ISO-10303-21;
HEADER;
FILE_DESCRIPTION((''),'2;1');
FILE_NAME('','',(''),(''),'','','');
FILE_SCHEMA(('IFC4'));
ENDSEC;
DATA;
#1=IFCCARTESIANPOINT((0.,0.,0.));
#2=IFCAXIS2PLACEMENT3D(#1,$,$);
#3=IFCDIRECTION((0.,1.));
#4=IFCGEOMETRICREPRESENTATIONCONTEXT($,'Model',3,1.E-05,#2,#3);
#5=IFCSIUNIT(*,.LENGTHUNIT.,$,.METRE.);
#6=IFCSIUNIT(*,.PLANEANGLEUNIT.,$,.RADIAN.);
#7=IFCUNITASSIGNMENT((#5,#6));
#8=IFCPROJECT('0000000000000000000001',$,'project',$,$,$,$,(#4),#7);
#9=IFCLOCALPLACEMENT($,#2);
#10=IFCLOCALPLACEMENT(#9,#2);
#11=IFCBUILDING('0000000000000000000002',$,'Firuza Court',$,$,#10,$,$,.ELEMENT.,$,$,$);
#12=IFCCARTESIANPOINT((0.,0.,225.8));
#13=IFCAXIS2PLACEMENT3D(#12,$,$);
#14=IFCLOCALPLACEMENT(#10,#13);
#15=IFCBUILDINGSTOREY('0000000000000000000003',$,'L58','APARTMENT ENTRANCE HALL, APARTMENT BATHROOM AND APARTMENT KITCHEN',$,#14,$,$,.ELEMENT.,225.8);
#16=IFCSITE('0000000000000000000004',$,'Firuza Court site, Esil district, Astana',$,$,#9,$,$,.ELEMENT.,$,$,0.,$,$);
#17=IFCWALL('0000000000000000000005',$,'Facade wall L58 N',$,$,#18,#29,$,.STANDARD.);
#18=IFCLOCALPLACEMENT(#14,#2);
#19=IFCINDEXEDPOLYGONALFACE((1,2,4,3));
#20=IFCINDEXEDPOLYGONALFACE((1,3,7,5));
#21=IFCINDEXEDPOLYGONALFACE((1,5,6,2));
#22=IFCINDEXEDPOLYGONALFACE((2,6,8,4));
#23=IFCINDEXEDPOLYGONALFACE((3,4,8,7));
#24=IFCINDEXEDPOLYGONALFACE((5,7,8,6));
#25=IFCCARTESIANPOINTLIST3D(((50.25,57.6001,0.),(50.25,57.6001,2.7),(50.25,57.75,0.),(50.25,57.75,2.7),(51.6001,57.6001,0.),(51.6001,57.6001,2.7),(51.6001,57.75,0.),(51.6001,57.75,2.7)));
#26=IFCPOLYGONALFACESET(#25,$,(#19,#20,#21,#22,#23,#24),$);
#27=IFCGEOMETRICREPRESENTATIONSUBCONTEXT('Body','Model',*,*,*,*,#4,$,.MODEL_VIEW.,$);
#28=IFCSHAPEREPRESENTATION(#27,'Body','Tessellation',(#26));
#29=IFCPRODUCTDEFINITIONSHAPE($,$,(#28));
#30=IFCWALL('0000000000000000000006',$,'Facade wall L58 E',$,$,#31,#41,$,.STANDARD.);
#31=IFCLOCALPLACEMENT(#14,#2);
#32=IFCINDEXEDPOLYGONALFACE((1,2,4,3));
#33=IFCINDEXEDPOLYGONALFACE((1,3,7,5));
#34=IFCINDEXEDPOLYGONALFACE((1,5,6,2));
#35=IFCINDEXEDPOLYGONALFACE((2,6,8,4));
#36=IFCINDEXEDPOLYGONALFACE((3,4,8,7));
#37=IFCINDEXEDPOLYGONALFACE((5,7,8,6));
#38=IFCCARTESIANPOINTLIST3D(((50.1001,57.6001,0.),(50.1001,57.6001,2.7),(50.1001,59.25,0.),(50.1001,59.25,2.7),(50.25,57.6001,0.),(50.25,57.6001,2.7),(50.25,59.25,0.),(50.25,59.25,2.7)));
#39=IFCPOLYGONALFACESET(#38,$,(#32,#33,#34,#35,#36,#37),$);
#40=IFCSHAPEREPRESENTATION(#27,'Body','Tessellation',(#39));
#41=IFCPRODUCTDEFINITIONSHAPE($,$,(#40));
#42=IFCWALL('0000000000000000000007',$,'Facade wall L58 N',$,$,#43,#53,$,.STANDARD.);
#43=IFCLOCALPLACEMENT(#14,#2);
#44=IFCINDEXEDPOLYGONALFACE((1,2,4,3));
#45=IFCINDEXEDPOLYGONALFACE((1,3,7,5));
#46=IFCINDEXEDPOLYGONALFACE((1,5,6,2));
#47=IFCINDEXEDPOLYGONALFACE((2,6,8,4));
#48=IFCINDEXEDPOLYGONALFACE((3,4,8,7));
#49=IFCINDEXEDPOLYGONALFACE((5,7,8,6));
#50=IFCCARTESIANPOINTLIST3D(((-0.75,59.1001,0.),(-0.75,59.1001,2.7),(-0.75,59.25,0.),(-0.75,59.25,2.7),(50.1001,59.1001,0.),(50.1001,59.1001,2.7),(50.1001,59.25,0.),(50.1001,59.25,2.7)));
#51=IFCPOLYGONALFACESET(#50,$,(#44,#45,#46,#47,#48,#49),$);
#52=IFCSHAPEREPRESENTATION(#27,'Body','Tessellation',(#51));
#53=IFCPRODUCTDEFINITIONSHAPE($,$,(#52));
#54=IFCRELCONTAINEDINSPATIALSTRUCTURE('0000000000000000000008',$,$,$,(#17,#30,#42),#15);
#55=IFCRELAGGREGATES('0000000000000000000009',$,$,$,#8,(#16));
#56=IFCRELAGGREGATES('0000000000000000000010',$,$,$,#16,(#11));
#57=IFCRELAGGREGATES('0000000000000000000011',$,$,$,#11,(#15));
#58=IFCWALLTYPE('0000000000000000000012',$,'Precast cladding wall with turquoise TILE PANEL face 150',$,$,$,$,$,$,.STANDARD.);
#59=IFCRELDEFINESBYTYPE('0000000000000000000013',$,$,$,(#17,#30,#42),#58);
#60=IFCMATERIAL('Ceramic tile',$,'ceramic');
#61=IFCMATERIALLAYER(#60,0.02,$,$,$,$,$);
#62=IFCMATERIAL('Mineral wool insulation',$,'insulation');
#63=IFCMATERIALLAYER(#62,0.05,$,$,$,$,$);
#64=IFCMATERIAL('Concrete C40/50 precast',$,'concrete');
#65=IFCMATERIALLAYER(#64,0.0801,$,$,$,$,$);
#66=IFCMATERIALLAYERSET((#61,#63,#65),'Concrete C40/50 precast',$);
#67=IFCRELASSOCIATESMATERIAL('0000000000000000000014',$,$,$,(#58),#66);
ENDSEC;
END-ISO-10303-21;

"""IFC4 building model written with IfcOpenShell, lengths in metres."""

from ifc_helpers import new_model, si_unit, direction, frame, frame_2d, origin, place, context, subcontext, project, spatial, rectangle, extrude, material, layer, layer_set, type_object, element, save


model = new_model("IFC4")

# Units and contexts
model_context = context("Model", 3, precision=1e-05, world=origin(), true_north=direction((0.0, 1.0)))
body_context = subcontext(model_context, "Body", "Model", "MODEL_VIEW")
ifc_project = project(units=[si_unit("LENGTHUNIT", "METRE"), si_unit("PLANEANGLEUNIT", "RADIAN")], contexts=[model_context])

# Site, building, storey
site_placement = place(None, origin())
site = spatial("IfcSite", under=ifc_project, at=site_placement, Name="Firuza Court site, Esil district, Astana", CompositionType="ELEMENT", RefElevation=0.0)
building_placement = place(site_placement, origin())
building = spatial("IfcBuilding", under=site, at=building_placement, Name="Firuza Court", CompositionType="ELEMENT")
storey_placement = place(building_placement, frame((0.0, 0.0, 225.8)))
storey = spatial("IfcBuildingStorey", under=building, at=storey_placement, Name="L58", Description="APARTMENT ENTRANCE HALL, APARTMENT BATHROOM AND APARTMENT KITCHEN", CompositionType="ELEMENT", Elevation=225.8)

# Walls
ifc_material_1 = material(Name="Ceramic tile", Category="ceramic")
ifc_layer_1 = layer(ifc_material_1, 0.02)
ifc_material_2 = material(Name="Mineral wool insulation", Category="insulation")
ifc_layer_2 = layer(ifc_material_2, 0.05)
ifc_material_3 = material(Name="Concrete C40/50 precast", Category="concrete")
ifc_layer_3 = layer(ifc_material_3, 0.0801)
ifc_layer_set_1 = layer_set([ifc_layer_1, ifc_layer_2, ifc_layer_3], Name="Concrete C40/50 precast")
wall_type_1 = type_object("IfcWallType", Name="Precast cladding wall with turquoise TILE PANEL face 150", PredefinedType="STANDARD", material=ifc_layer_set_1)
wall_1_placement = place(storey_placement, frame((51.6001, 57.675, 0.0), z_axis=(0.0, 0.0, 1.0), x_axis=(-1.0, 0.0, 0.0)))
element("IfcWall", 1, at=wall_1_placement, inside=storey, type_object=wall_type_1, Name="Facade wall L58 N", PredefinedType="STANDARD", context=body_context, shape_type="SweptSolid", body=[
    extrude(rectangle(XDim=1.3501, YDim=0.1499, at=frame_2d((0.675, 0.0))), origin(), (0.0, 0.0, 1.0), 2.7),
])
wall_2_placement = place(storey_placement, frame((50.175, 57.6001, 0.0), z_axis=(0.0, 0.0, 1.0), x_axis=(0.0, 1.0, 0.0)))
element("IfcWall", 2, at=wall_2_placement, inside=storey, type_object=wall_type_1, Name="Facade wall L58 E", PredefinedType="STANDARD", context=body_context, shape_type="SweptSolid", body=[
    extrude(rectangle(XDim=1.6499, YDim=0.1499, at=frame_2d((0.825, 0.0))), origin(), (0.0, 0.0, 1.0), 2.7),
])
wall_3_placement = place(storey_placement, frame((50.1001, 59.175, 0.0), z_axis=(0.0, 0.0, 1.0), x_axis=(-1.0, 0.0, 0.0)))
element("IfcWall", 3, at=wall_3_placement, inside=storey, type_object=wall_type_1, Name="Facade wall L58 N", PredefinedType="STANDARD", context=body_context, shape_type="SweptSolid", body=[
    extrude(rectangle(XDim=50.8501, YDim=0.1499, at=frame_2d((25.425, 0.0))), origin(), (0.0, 0.0, 1.0), 2.7),
])

save(model, "model.ifc")
